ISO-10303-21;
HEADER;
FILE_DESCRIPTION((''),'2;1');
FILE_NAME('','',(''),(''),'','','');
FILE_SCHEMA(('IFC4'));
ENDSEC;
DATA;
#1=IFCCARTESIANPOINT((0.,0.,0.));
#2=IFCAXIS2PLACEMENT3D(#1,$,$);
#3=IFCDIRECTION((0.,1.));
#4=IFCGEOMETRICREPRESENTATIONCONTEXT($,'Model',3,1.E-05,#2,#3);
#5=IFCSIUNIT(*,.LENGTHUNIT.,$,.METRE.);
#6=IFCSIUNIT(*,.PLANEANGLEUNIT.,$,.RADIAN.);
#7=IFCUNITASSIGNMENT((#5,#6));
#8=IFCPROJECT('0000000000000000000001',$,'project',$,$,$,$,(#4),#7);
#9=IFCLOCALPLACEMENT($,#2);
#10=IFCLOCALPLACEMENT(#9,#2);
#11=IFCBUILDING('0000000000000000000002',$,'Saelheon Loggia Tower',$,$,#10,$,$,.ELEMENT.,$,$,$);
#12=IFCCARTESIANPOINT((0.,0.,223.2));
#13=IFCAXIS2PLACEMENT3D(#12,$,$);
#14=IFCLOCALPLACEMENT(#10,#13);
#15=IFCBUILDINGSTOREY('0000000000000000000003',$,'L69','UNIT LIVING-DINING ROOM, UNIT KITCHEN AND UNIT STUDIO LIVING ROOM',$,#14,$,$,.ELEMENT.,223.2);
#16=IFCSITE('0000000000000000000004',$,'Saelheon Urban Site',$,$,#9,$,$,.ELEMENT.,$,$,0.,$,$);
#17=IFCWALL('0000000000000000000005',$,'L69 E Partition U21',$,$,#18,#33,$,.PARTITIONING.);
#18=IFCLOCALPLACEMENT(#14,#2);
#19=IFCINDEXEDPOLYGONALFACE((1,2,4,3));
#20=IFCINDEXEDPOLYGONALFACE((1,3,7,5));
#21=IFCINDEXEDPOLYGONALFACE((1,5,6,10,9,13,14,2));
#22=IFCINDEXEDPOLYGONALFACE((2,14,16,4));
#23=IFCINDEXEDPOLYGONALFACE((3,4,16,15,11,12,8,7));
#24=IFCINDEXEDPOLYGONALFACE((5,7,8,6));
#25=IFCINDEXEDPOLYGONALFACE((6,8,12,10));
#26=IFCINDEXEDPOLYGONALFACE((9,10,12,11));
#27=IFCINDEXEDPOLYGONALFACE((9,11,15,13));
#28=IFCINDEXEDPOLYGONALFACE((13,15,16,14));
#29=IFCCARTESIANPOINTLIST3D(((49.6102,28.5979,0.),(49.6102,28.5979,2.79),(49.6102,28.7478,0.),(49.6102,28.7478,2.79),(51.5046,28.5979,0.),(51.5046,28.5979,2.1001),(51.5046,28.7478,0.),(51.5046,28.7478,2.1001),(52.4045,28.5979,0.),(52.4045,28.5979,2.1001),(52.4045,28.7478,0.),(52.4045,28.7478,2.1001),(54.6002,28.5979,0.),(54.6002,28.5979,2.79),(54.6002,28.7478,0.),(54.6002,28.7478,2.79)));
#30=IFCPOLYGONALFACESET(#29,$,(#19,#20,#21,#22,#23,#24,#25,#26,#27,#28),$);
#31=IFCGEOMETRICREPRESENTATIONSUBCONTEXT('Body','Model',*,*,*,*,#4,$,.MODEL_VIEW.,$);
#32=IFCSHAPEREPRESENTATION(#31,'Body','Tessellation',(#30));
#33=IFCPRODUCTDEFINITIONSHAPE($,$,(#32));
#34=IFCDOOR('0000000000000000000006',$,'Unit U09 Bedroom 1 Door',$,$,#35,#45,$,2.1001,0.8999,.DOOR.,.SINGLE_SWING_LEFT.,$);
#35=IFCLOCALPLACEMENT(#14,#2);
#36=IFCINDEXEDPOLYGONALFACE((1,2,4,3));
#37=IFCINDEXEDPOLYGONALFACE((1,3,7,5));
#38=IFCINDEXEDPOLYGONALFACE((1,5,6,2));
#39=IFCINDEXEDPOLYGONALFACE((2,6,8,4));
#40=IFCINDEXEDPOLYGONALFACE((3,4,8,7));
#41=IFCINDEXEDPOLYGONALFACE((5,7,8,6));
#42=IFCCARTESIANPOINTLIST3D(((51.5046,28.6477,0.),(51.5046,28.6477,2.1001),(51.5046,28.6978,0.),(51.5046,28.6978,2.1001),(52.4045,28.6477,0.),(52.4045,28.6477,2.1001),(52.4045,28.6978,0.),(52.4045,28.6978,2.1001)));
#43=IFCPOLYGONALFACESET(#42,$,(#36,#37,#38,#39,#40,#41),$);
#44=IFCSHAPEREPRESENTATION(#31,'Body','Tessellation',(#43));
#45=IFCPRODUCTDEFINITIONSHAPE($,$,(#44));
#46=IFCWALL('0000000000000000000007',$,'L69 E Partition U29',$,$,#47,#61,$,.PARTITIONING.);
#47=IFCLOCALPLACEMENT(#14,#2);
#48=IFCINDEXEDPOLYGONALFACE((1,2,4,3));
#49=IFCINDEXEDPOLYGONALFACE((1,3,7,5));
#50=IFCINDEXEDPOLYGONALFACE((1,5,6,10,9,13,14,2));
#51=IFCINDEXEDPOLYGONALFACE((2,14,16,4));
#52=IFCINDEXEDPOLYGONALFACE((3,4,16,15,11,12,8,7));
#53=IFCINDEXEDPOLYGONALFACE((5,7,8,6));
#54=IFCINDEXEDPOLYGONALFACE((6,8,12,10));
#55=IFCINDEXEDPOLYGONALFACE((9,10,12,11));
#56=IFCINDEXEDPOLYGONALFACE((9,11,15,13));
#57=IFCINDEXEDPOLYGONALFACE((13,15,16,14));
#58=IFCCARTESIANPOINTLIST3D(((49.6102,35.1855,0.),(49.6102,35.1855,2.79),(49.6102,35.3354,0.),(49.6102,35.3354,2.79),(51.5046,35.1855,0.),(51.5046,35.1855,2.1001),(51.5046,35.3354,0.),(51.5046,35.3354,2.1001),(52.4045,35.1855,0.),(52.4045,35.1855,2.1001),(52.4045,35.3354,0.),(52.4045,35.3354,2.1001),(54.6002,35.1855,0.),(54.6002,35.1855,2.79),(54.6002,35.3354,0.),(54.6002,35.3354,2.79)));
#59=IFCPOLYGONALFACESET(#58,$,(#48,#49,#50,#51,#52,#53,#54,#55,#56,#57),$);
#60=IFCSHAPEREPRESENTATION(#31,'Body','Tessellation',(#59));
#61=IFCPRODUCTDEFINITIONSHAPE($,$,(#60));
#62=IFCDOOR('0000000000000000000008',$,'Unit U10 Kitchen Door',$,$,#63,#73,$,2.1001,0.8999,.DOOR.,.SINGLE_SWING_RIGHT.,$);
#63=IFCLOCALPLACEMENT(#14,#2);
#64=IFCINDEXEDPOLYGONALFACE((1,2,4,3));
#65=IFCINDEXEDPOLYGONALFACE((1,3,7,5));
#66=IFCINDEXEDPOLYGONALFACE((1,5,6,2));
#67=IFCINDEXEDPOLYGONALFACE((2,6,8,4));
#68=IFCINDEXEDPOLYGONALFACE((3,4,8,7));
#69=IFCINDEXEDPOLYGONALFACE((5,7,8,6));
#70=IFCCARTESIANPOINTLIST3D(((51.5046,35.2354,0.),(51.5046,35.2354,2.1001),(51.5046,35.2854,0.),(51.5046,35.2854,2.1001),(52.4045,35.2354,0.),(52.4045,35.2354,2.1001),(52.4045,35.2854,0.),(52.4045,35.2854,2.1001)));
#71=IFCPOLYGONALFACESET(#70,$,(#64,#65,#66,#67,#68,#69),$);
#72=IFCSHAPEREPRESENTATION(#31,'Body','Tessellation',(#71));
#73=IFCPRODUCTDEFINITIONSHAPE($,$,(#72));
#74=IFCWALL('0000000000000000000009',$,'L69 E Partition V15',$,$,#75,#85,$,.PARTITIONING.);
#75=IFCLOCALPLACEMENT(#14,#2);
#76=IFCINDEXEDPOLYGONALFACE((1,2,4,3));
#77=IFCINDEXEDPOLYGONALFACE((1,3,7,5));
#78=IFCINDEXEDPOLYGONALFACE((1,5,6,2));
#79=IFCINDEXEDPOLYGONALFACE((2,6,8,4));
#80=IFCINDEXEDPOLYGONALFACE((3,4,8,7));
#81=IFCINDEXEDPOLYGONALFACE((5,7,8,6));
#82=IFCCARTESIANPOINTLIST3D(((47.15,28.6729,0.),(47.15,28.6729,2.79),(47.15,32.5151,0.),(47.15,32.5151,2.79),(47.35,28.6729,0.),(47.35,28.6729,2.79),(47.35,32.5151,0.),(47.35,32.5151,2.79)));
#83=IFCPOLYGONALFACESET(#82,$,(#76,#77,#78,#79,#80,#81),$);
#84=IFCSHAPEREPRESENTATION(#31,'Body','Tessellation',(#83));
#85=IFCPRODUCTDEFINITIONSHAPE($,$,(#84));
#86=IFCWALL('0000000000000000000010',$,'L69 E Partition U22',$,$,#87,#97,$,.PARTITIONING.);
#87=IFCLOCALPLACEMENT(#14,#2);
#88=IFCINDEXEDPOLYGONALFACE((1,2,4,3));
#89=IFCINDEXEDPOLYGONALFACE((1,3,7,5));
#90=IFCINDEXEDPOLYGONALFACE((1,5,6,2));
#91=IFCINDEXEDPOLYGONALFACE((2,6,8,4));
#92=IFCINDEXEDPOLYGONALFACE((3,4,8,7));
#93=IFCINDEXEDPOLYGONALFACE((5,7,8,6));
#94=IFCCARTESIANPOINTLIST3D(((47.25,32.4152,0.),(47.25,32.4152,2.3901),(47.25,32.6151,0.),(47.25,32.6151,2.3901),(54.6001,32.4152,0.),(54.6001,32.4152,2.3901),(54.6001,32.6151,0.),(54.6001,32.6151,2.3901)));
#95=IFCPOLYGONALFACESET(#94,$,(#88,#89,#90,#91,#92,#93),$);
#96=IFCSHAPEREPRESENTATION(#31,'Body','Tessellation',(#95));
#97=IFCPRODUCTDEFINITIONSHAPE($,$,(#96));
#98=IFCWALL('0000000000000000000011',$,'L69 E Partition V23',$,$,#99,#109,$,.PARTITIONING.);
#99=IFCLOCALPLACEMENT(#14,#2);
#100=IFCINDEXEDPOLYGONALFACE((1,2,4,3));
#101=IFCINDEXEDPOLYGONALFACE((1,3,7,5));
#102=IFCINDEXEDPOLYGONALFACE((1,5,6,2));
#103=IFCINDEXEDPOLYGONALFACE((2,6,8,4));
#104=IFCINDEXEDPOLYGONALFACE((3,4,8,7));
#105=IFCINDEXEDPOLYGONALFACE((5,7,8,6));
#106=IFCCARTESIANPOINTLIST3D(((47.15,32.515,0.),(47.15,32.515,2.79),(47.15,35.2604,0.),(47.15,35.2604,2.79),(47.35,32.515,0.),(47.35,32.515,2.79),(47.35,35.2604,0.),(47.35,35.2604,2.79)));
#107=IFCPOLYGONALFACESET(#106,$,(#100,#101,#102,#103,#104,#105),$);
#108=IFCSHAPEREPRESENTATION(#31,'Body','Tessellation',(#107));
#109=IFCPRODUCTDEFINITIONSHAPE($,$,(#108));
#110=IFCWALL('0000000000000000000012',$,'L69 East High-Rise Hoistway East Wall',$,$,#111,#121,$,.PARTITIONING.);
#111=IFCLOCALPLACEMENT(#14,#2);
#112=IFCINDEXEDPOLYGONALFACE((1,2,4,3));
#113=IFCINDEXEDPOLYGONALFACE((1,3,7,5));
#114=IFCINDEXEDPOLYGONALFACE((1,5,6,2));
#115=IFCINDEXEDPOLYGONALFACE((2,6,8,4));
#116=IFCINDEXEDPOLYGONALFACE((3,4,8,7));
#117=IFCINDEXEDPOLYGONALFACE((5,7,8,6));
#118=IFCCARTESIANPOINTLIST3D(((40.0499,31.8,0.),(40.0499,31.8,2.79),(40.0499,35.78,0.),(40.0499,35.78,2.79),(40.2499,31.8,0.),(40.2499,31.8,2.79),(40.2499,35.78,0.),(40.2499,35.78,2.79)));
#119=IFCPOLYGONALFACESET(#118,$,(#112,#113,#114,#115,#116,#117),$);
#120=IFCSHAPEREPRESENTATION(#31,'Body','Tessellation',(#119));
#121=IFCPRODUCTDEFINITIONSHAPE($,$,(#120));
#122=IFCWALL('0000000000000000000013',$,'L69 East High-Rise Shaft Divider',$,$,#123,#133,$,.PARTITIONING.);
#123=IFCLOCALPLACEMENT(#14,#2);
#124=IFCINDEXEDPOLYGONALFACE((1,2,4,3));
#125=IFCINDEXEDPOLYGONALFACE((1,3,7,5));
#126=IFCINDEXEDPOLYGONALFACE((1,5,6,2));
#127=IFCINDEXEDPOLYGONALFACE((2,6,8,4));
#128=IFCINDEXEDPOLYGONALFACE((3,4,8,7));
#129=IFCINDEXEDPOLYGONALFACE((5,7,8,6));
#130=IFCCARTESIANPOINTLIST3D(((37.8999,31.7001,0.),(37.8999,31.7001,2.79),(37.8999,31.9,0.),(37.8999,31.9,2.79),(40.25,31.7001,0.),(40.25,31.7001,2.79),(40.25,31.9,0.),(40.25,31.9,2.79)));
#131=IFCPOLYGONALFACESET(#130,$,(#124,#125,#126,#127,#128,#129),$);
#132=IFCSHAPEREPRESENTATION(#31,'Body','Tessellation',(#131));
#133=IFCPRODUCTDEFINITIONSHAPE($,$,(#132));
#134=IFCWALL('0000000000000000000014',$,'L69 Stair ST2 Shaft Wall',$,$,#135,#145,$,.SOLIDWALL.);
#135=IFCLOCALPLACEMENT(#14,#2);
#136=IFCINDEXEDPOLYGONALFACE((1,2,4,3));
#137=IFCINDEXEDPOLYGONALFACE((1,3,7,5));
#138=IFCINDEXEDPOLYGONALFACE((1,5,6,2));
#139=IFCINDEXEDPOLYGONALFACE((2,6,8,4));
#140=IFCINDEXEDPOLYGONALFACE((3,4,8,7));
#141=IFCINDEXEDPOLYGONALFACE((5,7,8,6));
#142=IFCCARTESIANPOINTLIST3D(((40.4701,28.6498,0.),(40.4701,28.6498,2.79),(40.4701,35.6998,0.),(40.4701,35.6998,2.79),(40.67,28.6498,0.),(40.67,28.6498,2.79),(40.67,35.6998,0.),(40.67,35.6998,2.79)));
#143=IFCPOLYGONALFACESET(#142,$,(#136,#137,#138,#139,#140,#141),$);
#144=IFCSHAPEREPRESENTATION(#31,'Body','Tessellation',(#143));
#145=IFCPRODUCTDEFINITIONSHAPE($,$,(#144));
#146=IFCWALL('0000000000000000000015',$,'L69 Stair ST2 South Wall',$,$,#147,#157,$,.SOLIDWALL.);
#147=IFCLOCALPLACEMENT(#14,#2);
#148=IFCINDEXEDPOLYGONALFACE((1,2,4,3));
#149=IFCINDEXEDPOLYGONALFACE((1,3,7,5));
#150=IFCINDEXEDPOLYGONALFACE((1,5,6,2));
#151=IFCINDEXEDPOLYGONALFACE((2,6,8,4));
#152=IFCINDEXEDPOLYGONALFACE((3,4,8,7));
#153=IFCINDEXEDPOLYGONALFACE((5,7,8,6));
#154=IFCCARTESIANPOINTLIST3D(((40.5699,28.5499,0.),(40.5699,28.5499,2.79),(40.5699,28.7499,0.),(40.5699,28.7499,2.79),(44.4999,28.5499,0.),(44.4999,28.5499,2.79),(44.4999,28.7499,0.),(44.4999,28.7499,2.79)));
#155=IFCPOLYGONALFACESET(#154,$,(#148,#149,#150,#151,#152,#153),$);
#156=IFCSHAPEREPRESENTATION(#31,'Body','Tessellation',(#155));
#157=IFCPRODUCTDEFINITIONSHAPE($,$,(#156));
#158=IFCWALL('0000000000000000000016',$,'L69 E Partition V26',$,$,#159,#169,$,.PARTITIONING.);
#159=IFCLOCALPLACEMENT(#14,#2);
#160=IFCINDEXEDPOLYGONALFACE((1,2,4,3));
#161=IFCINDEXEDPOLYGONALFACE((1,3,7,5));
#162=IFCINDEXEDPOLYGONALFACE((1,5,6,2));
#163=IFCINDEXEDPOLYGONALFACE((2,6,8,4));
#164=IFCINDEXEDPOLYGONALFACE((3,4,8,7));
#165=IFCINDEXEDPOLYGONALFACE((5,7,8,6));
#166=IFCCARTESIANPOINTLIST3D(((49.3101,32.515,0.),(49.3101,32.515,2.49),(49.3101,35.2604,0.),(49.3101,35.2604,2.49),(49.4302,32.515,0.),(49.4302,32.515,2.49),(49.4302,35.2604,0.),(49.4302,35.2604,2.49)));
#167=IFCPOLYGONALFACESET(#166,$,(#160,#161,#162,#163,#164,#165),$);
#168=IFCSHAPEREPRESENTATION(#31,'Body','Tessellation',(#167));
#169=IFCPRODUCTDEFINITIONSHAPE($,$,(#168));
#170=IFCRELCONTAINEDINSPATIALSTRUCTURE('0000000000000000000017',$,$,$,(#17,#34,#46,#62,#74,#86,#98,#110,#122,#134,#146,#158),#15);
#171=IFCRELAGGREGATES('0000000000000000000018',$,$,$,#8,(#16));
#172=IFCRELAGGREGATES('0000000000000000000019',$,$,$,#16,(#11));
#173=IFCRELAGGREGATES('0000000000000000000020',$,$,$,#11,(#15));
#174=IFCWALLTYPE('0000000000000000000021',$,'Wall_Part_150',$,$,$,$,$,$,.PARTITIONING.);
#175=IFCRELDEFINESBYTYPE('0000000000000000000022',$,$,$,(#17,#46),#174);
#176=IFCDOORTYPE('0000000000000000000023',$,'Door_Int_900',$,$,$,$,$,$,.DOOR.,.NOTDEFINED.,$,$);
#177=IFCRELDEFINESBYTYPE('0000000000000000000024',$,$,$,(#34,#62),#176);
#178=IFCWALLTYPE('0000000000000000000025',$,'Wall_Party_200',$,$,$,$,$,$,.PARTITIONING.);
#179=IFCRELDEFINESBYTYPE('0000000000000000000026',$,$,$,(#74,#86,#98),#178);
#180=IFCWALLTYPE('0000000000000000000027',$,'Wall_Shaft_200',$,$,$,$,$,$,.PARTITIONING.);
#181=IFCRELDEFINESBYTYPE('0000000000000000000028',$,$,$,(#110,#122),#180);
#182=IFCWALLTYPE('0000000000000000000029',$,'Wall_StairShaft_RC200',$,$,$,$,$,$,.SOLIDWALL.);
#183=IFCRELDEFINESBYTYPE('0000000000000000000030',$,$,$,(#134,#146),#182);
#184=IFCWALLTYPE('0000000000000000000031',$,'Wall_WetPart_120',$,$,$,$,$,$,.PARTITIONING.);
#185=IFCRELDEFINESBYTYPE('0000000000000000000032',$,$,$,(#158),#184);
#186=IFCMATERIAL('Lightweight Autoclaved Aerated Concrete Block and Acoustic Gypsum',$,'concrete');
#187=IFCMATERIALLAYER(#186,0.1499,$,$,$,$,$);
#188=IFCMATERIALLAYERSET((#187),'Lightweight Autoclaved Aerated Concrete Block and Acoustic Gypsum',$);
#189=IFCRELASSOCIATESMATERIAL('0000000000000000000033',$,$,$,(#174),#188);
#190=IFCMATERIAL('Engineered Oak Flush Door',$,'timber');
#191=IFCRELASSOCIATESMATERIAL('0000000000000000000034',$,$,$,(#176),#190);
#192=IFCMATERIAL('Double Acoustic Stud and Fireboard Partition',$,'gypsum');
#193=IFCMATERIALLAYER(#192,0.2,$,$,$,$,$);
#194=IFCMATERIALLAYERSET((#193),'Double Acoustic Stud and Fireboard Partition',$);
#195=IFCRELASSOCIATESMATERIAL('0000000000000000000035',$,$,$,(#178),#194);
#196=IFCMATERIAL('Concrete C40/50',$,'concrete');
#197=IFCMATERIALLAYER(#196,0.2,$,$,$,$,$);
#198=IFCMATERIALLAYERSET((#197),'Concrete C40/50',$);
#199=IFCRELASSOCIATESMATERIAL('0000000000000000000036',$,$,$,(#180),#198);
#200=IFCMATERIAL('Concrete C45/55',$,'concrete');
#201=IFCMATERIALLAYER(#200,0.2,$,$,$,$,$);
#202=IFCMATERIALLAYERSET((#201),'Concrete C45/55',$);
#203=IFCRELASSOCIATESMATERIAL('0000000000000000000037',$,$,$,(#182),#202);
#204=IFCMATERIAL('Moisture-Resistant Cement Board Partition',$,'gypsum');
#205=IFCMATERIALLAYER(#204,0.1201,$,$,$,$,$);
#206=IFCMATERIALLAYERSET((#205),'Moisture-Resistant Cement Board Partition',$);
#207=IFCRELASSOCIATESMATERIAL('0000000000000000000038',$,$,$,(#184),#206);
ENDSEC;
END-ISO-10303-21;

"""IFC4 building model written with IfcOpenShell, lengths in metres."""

from ifc_helpers import new_model, si_unit, direction, frame, frame_2d, origin, place, context, subcontext, project, spatial, rectangle, extrude, source, transform, mapped, material, layer, layer_set, type_object, element, fill, save


model = new_model("IFC4")

# Units and contexts
model_context = context("Model", 3, precision=1e-05, world=origin(), true_north=direction((0.0, 1.0)))
body_context = subcontext(model_context, "Body", "Model", "MODEL_VIEW")
ifc_project = project(units=[si_unit("LENGTHUNIT", "METRE"), si_unit("PLANEANGLEUNIT", "RADIAN")], contexts=[model_context])

# Site, building, storey
site_placement = place(None, origin())
site = spatial("IfcSite", under=ifc_project, at=site_placement, Name="Saelheon Urban Site", CompositionType="ELEMENT", RefElevation=0.0)
building_placement = place(site_placement, origin())
building = spatial("IfcBuilding", under=site, at=building_placement, Name="Saelheon Loggia Tower", CompositionType="ELEMENT")
storey_placement = place(building_placement, frame((0.0, 0.0, 223.2)))
storey = spatial("IfcBuildingStorey", under=building, at=storey_placement, Name="L69", Description="UNIT LIVING-DINING ROOM, UNIT KITCHEN AND UNIT STUDIO LIVING ROOM", CompositionType="ELEMENT", Elevation=223.2)

# Shared definitions
ifc_material_1 = material(Name="Concrete C45/55", Category="concrete")

# Shared definitions
ifc_material_2 = material(Name="Concrete C40/50", Category="concrete")

# Shared definitions
ifc_material_3 = material(Name="Lightweight Autoclaved Aerated Concrete Block and Acoustic Gypsum", Category="concrete")
ifc_layer_1 = layer(ifc_material_3, 0.1499)
ifc_layer_set_1 = layer_set([ifc_layer_1], Name="Lightweight Autoclaved Aerated Concrete Block and Acoustic Gypsum")
wall_type_1 = type_object("IfcWallType", Name="Wall_Part_150", PredefinedType="PARTITIONING", material=ifc_layer_set_1)

# Walls, openings, doors
ifc_material_4 = material(Name="Engineered Oak Flush Door", Category="timber")
door_type_1 = type_object("IfcDoorType", Name="Door_Int_900", OperationType="NOTDEFINED", PredefinedType="DOOR", material=ifc_material_4)
shared_shape_1 = source(origin(), body_context, "Body", "SweptSolid", [
    extrude(rectangle(XDim=0.8999, YDim=2.1001, at=frame_2d((0.45, 1.05))), frame((0.0, 0.0249, 0.0), z_axis=(0.0, -1.0, 0.0), x_axis=(1.0, 0.0, 0.0)), (0.0, 0.0, 1.0), 0.05),
])
wall_1_placement = place(storey_placement, frame((49.6101, 28.6729, 0.0), z_axis=(0.0, 0.0, 1.0), x_axis=(1.0, 0.0, 0.0)))
wall_1 = element("IfcWall", 1, at=wall_1_placement, inside=storey, type_object=wall_type_1, Name="L69 E Partition U21", PredefinedType="PARTITIONING", context=body_context, shape_type="SweptSolid", body=[
    extrude(rectangle(XDim=4.99, YDim=0.1499, at=frame_2d((2.4951, 0.0))), origin(), (0.0, 0.0, 1.0), 2.79),
])
opening_1_placement = place(wall_1_placement, frame((1.8945, 0.0, 0.0)))
opening_1 = element("IfcOpeningElement", 2, at=opening_1_placement, cuts=wall_1, PredefinedType="OPENING", context=body_context, shape_type="SweptSolid", body=[
    extrude(rectangle(XDim=0.8999, YDim=2.1001, at=frame_2d((0.45, 1.05))), frame((0.0, 0.0869, 0.0), z_axis=(0.0, -1.0, 0.0), x_axis=(1.0, 0.0, 0.0)), (0.0, 0.0, 1.0), 0.1738),
])
door_1_placement = place(opening_1_placement, origin())
door_1 = element("IfcDoor", 3, at=door_1_placement, inside=storey, type_object=door_type_1, Name="Unit U09 Bedroom 1 Door", OperationType="SINGLE_SWING_LEFT", OverallHeight=2.1001, OverallWidth=0.8999, PredefinedType="DOOR", context=body_context, shape_type="MappedRepresentation", body=[
    mapped(shared_shape_1, transform((0.0, 0.0, 0.0), scale=1.0)),
])
fill(opening_1, door_1)
wall_2_placement = place(storey_placement, frame((49.6101, 35.2605, 0.0), z_axis=(0.0, 0.0, 1.0), x_axis=(1.0, 0.0, 0.0)))
wall_2 = element("IfcWall", 4, at=wall_2_placement, inside=storey, type_object=wall_type_1, Name="L69 E Partition U29", PredefinedType="PARTITIONING", context=body_context, shape_type="SweptSolid", body=[
    extrude(rectangle(XDim=4.99, YDim=0.1499, at=frame_2d((2.4951, 0.0))), origin(), (0.0, 0.0, 1.0), 2.79),
])
opening_2_placement = place(wall_2_placement, frame((1.8945, 0.0, 0.0)))
opening_2 = element("IfcOpeningElement", 5, at=opening_2_placement, cuts=wall_2, PredefinedType="OPENING", context=body_context, shape_type="SweptSolid", body=[
    extrude(rectangle(XDim=0.8999, YDim=2.1001, at=frame_2d((0.45, 1.05))), frame((0.0, 0.0869, 0.0), z_axis=(0.0, -1.0, 0.0), x_axis=(1.0, 0.0, 0.0)), (0.0, 0.0, 1.0), 0.1738),
])
door_2_placement = place(opening_2_placement, origin())
door_2 = element("IfcDoor", 6, at=door_2_placement, inside=storey, type_object=door_type_1, Name="Unit U10 Kitchen Door", OperationType="SINGLE_SWING_RIGHT", OverallHeight=2.1001, OverallWidth=0.8999, PredefinedType="DOOR", context=body_context, shape_type="MappedRepresentation", body=[
    mapped(shared_shape_1, transform((0.0, 0.0, 0.0), scale=1.0)),
])
fill(opening_2, door_2)

# Walls
ifc_material_5 = material(Name="Double Acoustic Stud and Fireboard Partition", Category="gypsum")
ifc_layer_2 = layer(ifc_material_5, 0.2)
ifc_layer_set_2 = layer_set([ifc_layer_2], Name="Double Acoustic Stud and Fireboard Partition")
wall_type_2 = type_object("IfcWallType", Name="Wall_Party_200", PredefinedType="PARTITIONING", material=ifc_layer_set_2)
wall_3_placement = place(storey_placement, frame((47.25, 28.6729, 0.0), z_axis=(0.0, 0.0, 1.0), x_axis=(0.0, 1.0, 0.0)))
element("IfcWall", 7, at=wall_3_placement, inside=storey, type_object=wall_type_2, Name="L69 E Partition V15", PredefinedType="PARTITIONING", context=body_context, shape_type="SweptSolid", body=[
    extrude(rectangle(XDim=3.8423, YDim=0.2, at=frame_2d((1.9211, 0.0))), origin(), (0.0, 0.0, 1.0), 2.79),
])
wall_4_placement = place(storey_placement, frame((47.25, 32.5151, 0.0), z_axis=(0.0, 0.0, 1.0), x_axis=(1.0, 0.0, 0.0)))
element("IfcWall", 8, at=wall_4_placement, inside=storey, type_object=wall_type_2, Name="L69 E Partition U22", PredefinedType="PARTITIONING", context=body_context, shape_type="SweptSolid", body=[
    extrude(rectangle(XDim=7.3501, YDim=0.2, at=frame_2d((3.675, 0.0))), origin(), (0.0, 0.0, 1.0), 2.3901),
])
wall_5_placement = place(storey_placement, frame((47.25, 32.5151, 0.0), z_axis=(0.0, 0.0, 1.0), x_axis=(0.0, 1.0, 0.0)))
element("IfcWall", 9, at=wall_5_placement, inside=storey, type_object=wall_type_2, Name="L69 E Partition V23", PredefinedType="PARTITIONING", context=body_context, shape_type="SweptSolid", body=[
    extrude(rectangle(XDim=2.7454, YDim=0.2, at=frame_2d((1.3726, 0.0))), origin(), (0.0, 0.0, 1.0), 2.79),
])

# Walls
ifc_layer_3 = layer(ifc_material_2, 0.2)
ifc_layer_set_3 = layer_set([ifc_layer_3], Name="Concrete C40/50")
wall_type_3 = type_object("IfcWallType", Name="Wall_Shaft_200", PredefinedType="PARTITIONING", material=ifc_layer_set_3)
wall_6_placement = place(storey_placement, frame((40.1499, 31.8, 0.0), z_axis=(0.0, 0.0, 1.0), x_axis=(0.0, 1.0, 0.0)))
element("IfcWall", 10, at=wall_6_placement, inside=storey, type_object=wall_type_3, Name="L69 East High-Rise Hoistway East Wall", PredefinedType="PARTITIONING", context=body_context, shape_type="SweptSolid", body=[
    extrude(rectangle(XDim=3.98, YDim=0.2, at=frame_2d((1.99, 0.0))), origin(), (0.0, 0.0, 1.0), 2.79),
])
wall_7_placement = place(storey_placement, frame((37.8999, 31.8, 0.0), z_axis=(0.0, 0.0, 1.0), x_axis=(1.0, 0.0, 0.0)))
element("IfcWall", 11, at=wall_7_placement, inside=storey, type_object=wall_type_3, Name="L69 East High-Rise Shaft Divider", PredefinedType="PARTITIONING", context=body_context, shape_type="SweptSolid", body=[
    extrude(rectangle(XDim=2.3501, YDim=0.2, at=frame_2d((1.175, 0.0))), origin(), (0.0, 0.0, 1.0), 2.79),
])
ifc_layer_4 = layer(ifc_material_1, 0.2)
ifc_layer_set_4 = layer_set([ifc_layer_4], Name="Concrete C45/55")
wall_type_4 = type_object("IfcWallType", Name="Wall_StairShaft_RC200", PredefinedType="SOLIDWALL", material=ifc_layer_set_4)
wall_8_placement = place(storey_placement, frame((40.5701, 28.6499, 0.0), z_axis=(0.0, 0.0, 1.0), x_axis=(0.0, 1.0, 0.0)))
element("IfcWall", 12, at=wall_8_placement, inside=storey, type_object=wall_type_4, Name="L69 Stair ST2 Shaft Wall", PredefinedType="SOLIDWALL", context=body_context, shape_type="SweptSolid", body=[
    extrude(rectangle(XDim=7.05, YDim=0.2, at=frame_2d((3.5249, 0.0))), origin(), (0.0, 0.0, 1.0), 2.79),
])
wall_9_placement = place(storey_placement, frame((40.5701, 28.6499, 0.0), z_axis=(0.0, 0.0, 1.0), x_axis=(1.0, 0.0, 0.0)))
element("IfcWall", 13, at=wall_9_placement, inside=storey, type_object=wall_type_4, Name="L69 Stair ST2 South Wall", PredefinedType="SOLIDWALL", context=body_context, shape_type="SweptSolid", body=[
    extrude(rectangle(XDim=3.9299, YDim=0.2, at=frame_2d((1.9648, 0.0))), origin(), (0.0, 0.0, 1.0), 2.79),
])
ifc_material_6 = material(Name="Moisture-Resistant Cement Board Partition", Category="gypsum")
ifc_layer_5 = layer(ifc_material_6, 0.1201)
ifc_layer_set_5 = layer_set([ifc_layer_5], Name="Moisture-Resistant Cement Board Partition")
wall_type_5 = type_object("IfcWallType", Name="Wall_WetPart_120", PredefinedType="PARTITIONING", material=ifc_layer_set_5)
wall_10_placement = place(storey_placement, frame((49.3701, 32.5151, 0.0), z_axis=(0.0, 0.0, 1.0), x_axis=(0.0, 1.0, 0.0)))
element("IfcWall", 14, at=wall_10_placement, inside=storey, type_object=wall_type_5, Name="L69 E Partition V26", PredefinedType="PARTITIONING", context=body_context, shape_type="SweptSolid", body=[
    extrude(rectangle(XDim=2.7454, YDim=0.1201, at=frame_2d((1.3726, 0.0))), origin(), (0.0, 0.0, 1.0), 2.49),
])

save(model, "model.ifc")
